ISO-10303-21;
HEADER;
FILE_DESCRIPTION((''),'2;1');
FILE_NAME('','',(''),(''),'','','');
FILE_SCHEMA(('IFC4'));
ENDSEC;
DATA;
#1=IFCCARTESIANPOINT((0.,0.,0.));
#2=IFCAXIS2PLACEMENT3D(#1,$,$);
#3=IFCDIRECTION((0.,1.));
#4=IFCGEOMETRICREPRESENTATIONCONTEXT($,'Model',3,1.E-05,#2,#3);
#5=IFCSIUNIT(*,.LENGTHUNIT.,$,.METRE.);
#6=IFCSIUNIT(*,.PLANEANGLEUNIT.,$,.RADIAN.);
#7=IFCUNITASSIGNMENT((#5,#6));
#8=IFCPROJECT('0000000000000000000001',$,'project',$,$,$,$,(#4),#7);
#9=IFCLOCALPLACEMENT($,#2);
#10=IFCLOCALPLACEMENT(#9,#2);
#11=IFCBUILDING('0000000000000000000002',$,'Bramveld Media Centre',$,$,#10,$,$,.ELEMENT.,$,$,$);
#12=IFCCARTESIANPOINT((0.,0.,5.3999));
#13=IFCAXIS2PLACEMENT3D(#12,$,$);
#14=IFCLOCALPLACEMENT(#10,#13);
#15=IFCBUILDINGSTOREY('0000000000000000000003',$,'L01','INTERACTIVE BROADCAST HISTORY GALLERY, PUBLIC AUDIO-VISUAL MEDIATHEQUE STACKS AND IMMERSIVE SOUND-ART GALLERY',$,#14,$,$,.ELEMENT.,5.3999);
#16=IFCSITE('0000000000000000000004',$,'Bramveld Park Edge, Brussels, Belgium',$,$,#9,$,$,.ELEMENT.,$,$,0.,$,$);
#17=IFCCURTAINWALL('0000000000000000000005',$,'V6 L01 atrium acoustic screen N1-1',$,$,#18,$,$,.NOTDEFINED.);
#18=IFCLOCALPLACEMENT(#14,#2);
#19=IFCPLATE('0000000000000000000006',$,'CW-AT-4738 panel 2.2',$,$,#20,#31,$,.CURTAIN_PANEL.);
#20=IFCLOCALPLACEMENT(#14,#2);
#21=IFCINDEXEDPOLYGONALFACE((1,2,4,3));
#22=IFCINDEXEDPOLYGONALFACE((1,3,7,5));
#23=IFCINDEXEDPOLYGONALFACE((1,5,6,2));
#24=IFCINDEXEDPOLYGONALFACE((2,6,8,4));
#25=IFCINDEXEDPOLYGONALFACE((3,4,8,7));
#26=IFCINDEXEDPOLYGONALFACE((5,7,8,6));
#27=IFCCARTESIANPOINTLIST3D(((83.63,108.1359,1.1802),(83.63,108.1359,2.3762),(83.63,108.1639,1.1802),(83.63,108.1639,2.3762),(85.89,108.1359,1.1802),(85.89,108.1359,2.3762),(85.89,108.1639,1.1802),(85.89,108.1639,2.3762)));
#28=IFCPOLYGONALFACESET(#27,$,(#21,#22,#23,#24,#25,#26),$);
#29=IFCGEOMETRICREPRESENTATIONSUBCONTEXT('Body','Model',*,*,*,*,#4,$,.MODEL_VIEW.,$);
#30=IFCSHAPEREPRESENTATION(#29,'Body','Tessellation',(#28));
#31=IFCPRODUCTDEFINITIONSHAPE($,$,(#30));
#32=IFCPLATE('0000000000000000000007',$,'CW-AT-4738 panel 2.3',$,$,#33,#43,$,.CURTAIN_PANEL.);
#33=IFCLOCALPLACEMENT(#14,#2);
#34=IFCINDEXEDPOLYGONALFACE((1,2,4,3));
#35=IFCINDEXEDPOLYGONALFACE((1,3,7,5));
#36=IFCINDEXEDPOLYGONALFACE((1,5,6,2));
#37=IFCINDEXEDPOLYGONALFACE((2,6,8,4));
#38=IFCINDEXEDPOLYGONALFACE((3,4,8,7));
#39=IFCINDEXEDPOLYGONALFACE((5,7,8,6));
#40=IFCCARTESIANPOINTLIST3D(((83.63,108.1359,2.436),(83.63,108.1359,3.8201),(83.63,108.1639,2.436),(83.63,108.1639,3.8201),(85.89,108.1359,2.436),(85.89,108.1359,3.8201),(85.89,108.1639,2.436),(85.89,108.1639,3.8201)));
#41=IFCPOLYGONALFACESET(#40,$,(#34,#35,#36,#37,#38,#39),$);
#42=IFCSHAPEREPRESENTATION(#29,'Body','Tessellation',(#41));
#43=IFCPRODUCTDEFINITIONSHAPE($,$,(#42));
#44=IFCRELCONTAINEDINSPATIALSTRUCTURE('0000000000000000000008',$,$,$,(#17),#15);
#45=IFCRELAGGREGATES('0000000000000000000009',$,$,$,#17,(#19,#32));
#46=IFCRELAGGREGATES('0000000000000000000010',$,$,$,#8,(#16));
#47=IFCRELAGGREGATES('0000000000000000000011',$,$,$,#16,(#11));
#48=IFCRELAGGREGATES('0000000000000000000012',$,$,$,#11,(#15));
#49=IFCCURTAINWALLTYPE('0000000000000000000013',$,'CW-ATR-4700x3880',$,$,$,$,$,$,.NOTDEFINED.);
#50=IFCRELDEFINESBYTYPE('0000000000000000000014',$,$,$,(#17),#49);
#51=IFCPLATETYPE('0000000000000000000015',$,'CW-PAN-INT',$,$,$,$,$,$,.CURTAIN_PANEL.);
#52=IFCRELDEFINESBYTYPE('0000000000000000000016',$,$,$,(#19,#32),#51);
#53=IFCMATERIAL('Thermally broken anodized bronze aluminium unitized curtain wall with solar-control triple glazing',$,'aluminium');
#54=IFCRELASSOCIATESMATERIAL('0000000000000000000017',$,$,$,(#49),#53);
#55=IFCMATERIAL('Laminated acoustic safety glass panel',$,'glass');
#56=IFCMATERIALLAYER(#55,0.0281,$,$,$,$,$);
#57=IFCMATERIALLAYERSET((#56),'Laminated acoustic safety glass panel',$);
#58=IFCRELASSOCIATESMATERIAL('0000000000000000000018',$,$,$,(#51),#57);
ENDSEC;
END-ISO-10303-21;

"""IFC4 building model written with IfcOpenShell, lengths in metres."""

from ifc_helpers import new_model, si_unit, direction, frame, origin, origin_2d, place, context, subcontext, project, spatial, rectangle, extrude, material, layer, layer_set, type_object, element, aggregate, save


model = new_model("IFC4")

# Units and contexts
model_context = context("Model", 3, precision=1e-05, world=origin(), true_north=direction((0.0, 1.0)))
body_context = subcontext(model_context, "Body", "Model", "MODEL_VIEW")
ifc_project = project(units=[si_unit("LENGTHUNIT", "METRE"), si_unit("PLANEANGLEUNIT", "RADIAN")], contexts=[model_context])

# Site, building, storey
site_placement = place(None, origin())
site = spatial("IfcSite", under=ifc_project, at=site_placement, Name="Bramveld Park Edge, Brussels, Belgium", CompositionType="ELEMENT", RefElevation=0.0)
building_placement = place(site_placement, origin())
building = spatial("IfcBuilding", under=site, at=building_placement, Name="Bramveld Media Centre", CompositionType="ELEMENT")
storey_placement = place(building_placement, frame((0.0, 0.0, 5.3999)))
storey = spatial("IfcBuildingStorey", under=building, at=storey_placement, Name="L01", Description="INTERACTIVE BROADCAST HISTORY GALLERY, PUBLIC AUDIO-VISUAL MEDIATHEQUE STACKS AND IMMERSIVE SOUND-ART GALLERY", CompositionType="ELEMENT", Elevation=5.3999)

# Curtain wall
ifc_material_1 = material(Name="Thermally broken anodized bronze aluminium unitized curtain wall with solar-control triple glazing", Category="aluminium")
curtain_wall_type = type_object("IfcCurtainWallType", Name="CW-ATR-4700x3880", PredefinedType="NOTDEFINED", material=ifc_material_1)
curtain_wall_placement = place(storey_placement, origin())
curtain_wall = element("IfcCurtainWall", 1, at=curtain_wall_placement, inside=storey, type_object=curtain_wall_type, Name="V6 L01 atrium acoustic screen N1-1", PredefinedType="NOTDEFINED")

# Plates
ifc_material_2 = material(Name="Laminated acoustic safety glass panel", Category="glass")
ifc_layer = layer(ifc_material_2, 0.0281)
ifc_layer_set = layer_set([ifc_layer], Name="Laminated acoustic safety glass panel")
plate_type = type_object("IfcPlateType", Name="CW-PAN-INT", PredefinedType="CURTAIN_PANEL", material=ifc_layer_set)
plate_1_placement = place(storey_placement, frame((84.76, 108.1499, 1.1802), z_axis=(0.0, 0.0, 1.0), x_axis=(1.0, 0.0, 0.0)))
plate_1 = element("IfcPlate", 2, at=plate_1_placement, type_object=plate_type, Name="CW-AT-4738 panel 2.2", PredefinedType="CURTAIN_PANEL", context=body_context, shape_type="SweptSolid", body=[
    extrude(rectangle(XDim=2.26, YDim=0.0281, at=origin_2d()), origin(), (0.0, 0.0, 1.0), 1.196),
])
plate_2_placement = place(storey_placement, frame((84.76, 108.1499, 2.436), z_axis=(0.0, 0.0, 1.0), x_axis=(1.0, 0.0, 0.0)))
plate_2 = element("IfcPlate", 3, at=plate_2_placement, type_object=plate_type, Name="CW-AT-4738 panel 2.3", PredefinedType="CURTAIN_PANEL", context=body_context, shape_type="SweptSolid", body=[
    extrude(rectangle(XDim=2.26, YDim=0.0281, at=origin_2d()), origin(), (0.0, 0.0, 1.0), 1.384),
])
aggregate(curtain_wall, [plate_1, plate_2])

save(model, "model.ifc")
